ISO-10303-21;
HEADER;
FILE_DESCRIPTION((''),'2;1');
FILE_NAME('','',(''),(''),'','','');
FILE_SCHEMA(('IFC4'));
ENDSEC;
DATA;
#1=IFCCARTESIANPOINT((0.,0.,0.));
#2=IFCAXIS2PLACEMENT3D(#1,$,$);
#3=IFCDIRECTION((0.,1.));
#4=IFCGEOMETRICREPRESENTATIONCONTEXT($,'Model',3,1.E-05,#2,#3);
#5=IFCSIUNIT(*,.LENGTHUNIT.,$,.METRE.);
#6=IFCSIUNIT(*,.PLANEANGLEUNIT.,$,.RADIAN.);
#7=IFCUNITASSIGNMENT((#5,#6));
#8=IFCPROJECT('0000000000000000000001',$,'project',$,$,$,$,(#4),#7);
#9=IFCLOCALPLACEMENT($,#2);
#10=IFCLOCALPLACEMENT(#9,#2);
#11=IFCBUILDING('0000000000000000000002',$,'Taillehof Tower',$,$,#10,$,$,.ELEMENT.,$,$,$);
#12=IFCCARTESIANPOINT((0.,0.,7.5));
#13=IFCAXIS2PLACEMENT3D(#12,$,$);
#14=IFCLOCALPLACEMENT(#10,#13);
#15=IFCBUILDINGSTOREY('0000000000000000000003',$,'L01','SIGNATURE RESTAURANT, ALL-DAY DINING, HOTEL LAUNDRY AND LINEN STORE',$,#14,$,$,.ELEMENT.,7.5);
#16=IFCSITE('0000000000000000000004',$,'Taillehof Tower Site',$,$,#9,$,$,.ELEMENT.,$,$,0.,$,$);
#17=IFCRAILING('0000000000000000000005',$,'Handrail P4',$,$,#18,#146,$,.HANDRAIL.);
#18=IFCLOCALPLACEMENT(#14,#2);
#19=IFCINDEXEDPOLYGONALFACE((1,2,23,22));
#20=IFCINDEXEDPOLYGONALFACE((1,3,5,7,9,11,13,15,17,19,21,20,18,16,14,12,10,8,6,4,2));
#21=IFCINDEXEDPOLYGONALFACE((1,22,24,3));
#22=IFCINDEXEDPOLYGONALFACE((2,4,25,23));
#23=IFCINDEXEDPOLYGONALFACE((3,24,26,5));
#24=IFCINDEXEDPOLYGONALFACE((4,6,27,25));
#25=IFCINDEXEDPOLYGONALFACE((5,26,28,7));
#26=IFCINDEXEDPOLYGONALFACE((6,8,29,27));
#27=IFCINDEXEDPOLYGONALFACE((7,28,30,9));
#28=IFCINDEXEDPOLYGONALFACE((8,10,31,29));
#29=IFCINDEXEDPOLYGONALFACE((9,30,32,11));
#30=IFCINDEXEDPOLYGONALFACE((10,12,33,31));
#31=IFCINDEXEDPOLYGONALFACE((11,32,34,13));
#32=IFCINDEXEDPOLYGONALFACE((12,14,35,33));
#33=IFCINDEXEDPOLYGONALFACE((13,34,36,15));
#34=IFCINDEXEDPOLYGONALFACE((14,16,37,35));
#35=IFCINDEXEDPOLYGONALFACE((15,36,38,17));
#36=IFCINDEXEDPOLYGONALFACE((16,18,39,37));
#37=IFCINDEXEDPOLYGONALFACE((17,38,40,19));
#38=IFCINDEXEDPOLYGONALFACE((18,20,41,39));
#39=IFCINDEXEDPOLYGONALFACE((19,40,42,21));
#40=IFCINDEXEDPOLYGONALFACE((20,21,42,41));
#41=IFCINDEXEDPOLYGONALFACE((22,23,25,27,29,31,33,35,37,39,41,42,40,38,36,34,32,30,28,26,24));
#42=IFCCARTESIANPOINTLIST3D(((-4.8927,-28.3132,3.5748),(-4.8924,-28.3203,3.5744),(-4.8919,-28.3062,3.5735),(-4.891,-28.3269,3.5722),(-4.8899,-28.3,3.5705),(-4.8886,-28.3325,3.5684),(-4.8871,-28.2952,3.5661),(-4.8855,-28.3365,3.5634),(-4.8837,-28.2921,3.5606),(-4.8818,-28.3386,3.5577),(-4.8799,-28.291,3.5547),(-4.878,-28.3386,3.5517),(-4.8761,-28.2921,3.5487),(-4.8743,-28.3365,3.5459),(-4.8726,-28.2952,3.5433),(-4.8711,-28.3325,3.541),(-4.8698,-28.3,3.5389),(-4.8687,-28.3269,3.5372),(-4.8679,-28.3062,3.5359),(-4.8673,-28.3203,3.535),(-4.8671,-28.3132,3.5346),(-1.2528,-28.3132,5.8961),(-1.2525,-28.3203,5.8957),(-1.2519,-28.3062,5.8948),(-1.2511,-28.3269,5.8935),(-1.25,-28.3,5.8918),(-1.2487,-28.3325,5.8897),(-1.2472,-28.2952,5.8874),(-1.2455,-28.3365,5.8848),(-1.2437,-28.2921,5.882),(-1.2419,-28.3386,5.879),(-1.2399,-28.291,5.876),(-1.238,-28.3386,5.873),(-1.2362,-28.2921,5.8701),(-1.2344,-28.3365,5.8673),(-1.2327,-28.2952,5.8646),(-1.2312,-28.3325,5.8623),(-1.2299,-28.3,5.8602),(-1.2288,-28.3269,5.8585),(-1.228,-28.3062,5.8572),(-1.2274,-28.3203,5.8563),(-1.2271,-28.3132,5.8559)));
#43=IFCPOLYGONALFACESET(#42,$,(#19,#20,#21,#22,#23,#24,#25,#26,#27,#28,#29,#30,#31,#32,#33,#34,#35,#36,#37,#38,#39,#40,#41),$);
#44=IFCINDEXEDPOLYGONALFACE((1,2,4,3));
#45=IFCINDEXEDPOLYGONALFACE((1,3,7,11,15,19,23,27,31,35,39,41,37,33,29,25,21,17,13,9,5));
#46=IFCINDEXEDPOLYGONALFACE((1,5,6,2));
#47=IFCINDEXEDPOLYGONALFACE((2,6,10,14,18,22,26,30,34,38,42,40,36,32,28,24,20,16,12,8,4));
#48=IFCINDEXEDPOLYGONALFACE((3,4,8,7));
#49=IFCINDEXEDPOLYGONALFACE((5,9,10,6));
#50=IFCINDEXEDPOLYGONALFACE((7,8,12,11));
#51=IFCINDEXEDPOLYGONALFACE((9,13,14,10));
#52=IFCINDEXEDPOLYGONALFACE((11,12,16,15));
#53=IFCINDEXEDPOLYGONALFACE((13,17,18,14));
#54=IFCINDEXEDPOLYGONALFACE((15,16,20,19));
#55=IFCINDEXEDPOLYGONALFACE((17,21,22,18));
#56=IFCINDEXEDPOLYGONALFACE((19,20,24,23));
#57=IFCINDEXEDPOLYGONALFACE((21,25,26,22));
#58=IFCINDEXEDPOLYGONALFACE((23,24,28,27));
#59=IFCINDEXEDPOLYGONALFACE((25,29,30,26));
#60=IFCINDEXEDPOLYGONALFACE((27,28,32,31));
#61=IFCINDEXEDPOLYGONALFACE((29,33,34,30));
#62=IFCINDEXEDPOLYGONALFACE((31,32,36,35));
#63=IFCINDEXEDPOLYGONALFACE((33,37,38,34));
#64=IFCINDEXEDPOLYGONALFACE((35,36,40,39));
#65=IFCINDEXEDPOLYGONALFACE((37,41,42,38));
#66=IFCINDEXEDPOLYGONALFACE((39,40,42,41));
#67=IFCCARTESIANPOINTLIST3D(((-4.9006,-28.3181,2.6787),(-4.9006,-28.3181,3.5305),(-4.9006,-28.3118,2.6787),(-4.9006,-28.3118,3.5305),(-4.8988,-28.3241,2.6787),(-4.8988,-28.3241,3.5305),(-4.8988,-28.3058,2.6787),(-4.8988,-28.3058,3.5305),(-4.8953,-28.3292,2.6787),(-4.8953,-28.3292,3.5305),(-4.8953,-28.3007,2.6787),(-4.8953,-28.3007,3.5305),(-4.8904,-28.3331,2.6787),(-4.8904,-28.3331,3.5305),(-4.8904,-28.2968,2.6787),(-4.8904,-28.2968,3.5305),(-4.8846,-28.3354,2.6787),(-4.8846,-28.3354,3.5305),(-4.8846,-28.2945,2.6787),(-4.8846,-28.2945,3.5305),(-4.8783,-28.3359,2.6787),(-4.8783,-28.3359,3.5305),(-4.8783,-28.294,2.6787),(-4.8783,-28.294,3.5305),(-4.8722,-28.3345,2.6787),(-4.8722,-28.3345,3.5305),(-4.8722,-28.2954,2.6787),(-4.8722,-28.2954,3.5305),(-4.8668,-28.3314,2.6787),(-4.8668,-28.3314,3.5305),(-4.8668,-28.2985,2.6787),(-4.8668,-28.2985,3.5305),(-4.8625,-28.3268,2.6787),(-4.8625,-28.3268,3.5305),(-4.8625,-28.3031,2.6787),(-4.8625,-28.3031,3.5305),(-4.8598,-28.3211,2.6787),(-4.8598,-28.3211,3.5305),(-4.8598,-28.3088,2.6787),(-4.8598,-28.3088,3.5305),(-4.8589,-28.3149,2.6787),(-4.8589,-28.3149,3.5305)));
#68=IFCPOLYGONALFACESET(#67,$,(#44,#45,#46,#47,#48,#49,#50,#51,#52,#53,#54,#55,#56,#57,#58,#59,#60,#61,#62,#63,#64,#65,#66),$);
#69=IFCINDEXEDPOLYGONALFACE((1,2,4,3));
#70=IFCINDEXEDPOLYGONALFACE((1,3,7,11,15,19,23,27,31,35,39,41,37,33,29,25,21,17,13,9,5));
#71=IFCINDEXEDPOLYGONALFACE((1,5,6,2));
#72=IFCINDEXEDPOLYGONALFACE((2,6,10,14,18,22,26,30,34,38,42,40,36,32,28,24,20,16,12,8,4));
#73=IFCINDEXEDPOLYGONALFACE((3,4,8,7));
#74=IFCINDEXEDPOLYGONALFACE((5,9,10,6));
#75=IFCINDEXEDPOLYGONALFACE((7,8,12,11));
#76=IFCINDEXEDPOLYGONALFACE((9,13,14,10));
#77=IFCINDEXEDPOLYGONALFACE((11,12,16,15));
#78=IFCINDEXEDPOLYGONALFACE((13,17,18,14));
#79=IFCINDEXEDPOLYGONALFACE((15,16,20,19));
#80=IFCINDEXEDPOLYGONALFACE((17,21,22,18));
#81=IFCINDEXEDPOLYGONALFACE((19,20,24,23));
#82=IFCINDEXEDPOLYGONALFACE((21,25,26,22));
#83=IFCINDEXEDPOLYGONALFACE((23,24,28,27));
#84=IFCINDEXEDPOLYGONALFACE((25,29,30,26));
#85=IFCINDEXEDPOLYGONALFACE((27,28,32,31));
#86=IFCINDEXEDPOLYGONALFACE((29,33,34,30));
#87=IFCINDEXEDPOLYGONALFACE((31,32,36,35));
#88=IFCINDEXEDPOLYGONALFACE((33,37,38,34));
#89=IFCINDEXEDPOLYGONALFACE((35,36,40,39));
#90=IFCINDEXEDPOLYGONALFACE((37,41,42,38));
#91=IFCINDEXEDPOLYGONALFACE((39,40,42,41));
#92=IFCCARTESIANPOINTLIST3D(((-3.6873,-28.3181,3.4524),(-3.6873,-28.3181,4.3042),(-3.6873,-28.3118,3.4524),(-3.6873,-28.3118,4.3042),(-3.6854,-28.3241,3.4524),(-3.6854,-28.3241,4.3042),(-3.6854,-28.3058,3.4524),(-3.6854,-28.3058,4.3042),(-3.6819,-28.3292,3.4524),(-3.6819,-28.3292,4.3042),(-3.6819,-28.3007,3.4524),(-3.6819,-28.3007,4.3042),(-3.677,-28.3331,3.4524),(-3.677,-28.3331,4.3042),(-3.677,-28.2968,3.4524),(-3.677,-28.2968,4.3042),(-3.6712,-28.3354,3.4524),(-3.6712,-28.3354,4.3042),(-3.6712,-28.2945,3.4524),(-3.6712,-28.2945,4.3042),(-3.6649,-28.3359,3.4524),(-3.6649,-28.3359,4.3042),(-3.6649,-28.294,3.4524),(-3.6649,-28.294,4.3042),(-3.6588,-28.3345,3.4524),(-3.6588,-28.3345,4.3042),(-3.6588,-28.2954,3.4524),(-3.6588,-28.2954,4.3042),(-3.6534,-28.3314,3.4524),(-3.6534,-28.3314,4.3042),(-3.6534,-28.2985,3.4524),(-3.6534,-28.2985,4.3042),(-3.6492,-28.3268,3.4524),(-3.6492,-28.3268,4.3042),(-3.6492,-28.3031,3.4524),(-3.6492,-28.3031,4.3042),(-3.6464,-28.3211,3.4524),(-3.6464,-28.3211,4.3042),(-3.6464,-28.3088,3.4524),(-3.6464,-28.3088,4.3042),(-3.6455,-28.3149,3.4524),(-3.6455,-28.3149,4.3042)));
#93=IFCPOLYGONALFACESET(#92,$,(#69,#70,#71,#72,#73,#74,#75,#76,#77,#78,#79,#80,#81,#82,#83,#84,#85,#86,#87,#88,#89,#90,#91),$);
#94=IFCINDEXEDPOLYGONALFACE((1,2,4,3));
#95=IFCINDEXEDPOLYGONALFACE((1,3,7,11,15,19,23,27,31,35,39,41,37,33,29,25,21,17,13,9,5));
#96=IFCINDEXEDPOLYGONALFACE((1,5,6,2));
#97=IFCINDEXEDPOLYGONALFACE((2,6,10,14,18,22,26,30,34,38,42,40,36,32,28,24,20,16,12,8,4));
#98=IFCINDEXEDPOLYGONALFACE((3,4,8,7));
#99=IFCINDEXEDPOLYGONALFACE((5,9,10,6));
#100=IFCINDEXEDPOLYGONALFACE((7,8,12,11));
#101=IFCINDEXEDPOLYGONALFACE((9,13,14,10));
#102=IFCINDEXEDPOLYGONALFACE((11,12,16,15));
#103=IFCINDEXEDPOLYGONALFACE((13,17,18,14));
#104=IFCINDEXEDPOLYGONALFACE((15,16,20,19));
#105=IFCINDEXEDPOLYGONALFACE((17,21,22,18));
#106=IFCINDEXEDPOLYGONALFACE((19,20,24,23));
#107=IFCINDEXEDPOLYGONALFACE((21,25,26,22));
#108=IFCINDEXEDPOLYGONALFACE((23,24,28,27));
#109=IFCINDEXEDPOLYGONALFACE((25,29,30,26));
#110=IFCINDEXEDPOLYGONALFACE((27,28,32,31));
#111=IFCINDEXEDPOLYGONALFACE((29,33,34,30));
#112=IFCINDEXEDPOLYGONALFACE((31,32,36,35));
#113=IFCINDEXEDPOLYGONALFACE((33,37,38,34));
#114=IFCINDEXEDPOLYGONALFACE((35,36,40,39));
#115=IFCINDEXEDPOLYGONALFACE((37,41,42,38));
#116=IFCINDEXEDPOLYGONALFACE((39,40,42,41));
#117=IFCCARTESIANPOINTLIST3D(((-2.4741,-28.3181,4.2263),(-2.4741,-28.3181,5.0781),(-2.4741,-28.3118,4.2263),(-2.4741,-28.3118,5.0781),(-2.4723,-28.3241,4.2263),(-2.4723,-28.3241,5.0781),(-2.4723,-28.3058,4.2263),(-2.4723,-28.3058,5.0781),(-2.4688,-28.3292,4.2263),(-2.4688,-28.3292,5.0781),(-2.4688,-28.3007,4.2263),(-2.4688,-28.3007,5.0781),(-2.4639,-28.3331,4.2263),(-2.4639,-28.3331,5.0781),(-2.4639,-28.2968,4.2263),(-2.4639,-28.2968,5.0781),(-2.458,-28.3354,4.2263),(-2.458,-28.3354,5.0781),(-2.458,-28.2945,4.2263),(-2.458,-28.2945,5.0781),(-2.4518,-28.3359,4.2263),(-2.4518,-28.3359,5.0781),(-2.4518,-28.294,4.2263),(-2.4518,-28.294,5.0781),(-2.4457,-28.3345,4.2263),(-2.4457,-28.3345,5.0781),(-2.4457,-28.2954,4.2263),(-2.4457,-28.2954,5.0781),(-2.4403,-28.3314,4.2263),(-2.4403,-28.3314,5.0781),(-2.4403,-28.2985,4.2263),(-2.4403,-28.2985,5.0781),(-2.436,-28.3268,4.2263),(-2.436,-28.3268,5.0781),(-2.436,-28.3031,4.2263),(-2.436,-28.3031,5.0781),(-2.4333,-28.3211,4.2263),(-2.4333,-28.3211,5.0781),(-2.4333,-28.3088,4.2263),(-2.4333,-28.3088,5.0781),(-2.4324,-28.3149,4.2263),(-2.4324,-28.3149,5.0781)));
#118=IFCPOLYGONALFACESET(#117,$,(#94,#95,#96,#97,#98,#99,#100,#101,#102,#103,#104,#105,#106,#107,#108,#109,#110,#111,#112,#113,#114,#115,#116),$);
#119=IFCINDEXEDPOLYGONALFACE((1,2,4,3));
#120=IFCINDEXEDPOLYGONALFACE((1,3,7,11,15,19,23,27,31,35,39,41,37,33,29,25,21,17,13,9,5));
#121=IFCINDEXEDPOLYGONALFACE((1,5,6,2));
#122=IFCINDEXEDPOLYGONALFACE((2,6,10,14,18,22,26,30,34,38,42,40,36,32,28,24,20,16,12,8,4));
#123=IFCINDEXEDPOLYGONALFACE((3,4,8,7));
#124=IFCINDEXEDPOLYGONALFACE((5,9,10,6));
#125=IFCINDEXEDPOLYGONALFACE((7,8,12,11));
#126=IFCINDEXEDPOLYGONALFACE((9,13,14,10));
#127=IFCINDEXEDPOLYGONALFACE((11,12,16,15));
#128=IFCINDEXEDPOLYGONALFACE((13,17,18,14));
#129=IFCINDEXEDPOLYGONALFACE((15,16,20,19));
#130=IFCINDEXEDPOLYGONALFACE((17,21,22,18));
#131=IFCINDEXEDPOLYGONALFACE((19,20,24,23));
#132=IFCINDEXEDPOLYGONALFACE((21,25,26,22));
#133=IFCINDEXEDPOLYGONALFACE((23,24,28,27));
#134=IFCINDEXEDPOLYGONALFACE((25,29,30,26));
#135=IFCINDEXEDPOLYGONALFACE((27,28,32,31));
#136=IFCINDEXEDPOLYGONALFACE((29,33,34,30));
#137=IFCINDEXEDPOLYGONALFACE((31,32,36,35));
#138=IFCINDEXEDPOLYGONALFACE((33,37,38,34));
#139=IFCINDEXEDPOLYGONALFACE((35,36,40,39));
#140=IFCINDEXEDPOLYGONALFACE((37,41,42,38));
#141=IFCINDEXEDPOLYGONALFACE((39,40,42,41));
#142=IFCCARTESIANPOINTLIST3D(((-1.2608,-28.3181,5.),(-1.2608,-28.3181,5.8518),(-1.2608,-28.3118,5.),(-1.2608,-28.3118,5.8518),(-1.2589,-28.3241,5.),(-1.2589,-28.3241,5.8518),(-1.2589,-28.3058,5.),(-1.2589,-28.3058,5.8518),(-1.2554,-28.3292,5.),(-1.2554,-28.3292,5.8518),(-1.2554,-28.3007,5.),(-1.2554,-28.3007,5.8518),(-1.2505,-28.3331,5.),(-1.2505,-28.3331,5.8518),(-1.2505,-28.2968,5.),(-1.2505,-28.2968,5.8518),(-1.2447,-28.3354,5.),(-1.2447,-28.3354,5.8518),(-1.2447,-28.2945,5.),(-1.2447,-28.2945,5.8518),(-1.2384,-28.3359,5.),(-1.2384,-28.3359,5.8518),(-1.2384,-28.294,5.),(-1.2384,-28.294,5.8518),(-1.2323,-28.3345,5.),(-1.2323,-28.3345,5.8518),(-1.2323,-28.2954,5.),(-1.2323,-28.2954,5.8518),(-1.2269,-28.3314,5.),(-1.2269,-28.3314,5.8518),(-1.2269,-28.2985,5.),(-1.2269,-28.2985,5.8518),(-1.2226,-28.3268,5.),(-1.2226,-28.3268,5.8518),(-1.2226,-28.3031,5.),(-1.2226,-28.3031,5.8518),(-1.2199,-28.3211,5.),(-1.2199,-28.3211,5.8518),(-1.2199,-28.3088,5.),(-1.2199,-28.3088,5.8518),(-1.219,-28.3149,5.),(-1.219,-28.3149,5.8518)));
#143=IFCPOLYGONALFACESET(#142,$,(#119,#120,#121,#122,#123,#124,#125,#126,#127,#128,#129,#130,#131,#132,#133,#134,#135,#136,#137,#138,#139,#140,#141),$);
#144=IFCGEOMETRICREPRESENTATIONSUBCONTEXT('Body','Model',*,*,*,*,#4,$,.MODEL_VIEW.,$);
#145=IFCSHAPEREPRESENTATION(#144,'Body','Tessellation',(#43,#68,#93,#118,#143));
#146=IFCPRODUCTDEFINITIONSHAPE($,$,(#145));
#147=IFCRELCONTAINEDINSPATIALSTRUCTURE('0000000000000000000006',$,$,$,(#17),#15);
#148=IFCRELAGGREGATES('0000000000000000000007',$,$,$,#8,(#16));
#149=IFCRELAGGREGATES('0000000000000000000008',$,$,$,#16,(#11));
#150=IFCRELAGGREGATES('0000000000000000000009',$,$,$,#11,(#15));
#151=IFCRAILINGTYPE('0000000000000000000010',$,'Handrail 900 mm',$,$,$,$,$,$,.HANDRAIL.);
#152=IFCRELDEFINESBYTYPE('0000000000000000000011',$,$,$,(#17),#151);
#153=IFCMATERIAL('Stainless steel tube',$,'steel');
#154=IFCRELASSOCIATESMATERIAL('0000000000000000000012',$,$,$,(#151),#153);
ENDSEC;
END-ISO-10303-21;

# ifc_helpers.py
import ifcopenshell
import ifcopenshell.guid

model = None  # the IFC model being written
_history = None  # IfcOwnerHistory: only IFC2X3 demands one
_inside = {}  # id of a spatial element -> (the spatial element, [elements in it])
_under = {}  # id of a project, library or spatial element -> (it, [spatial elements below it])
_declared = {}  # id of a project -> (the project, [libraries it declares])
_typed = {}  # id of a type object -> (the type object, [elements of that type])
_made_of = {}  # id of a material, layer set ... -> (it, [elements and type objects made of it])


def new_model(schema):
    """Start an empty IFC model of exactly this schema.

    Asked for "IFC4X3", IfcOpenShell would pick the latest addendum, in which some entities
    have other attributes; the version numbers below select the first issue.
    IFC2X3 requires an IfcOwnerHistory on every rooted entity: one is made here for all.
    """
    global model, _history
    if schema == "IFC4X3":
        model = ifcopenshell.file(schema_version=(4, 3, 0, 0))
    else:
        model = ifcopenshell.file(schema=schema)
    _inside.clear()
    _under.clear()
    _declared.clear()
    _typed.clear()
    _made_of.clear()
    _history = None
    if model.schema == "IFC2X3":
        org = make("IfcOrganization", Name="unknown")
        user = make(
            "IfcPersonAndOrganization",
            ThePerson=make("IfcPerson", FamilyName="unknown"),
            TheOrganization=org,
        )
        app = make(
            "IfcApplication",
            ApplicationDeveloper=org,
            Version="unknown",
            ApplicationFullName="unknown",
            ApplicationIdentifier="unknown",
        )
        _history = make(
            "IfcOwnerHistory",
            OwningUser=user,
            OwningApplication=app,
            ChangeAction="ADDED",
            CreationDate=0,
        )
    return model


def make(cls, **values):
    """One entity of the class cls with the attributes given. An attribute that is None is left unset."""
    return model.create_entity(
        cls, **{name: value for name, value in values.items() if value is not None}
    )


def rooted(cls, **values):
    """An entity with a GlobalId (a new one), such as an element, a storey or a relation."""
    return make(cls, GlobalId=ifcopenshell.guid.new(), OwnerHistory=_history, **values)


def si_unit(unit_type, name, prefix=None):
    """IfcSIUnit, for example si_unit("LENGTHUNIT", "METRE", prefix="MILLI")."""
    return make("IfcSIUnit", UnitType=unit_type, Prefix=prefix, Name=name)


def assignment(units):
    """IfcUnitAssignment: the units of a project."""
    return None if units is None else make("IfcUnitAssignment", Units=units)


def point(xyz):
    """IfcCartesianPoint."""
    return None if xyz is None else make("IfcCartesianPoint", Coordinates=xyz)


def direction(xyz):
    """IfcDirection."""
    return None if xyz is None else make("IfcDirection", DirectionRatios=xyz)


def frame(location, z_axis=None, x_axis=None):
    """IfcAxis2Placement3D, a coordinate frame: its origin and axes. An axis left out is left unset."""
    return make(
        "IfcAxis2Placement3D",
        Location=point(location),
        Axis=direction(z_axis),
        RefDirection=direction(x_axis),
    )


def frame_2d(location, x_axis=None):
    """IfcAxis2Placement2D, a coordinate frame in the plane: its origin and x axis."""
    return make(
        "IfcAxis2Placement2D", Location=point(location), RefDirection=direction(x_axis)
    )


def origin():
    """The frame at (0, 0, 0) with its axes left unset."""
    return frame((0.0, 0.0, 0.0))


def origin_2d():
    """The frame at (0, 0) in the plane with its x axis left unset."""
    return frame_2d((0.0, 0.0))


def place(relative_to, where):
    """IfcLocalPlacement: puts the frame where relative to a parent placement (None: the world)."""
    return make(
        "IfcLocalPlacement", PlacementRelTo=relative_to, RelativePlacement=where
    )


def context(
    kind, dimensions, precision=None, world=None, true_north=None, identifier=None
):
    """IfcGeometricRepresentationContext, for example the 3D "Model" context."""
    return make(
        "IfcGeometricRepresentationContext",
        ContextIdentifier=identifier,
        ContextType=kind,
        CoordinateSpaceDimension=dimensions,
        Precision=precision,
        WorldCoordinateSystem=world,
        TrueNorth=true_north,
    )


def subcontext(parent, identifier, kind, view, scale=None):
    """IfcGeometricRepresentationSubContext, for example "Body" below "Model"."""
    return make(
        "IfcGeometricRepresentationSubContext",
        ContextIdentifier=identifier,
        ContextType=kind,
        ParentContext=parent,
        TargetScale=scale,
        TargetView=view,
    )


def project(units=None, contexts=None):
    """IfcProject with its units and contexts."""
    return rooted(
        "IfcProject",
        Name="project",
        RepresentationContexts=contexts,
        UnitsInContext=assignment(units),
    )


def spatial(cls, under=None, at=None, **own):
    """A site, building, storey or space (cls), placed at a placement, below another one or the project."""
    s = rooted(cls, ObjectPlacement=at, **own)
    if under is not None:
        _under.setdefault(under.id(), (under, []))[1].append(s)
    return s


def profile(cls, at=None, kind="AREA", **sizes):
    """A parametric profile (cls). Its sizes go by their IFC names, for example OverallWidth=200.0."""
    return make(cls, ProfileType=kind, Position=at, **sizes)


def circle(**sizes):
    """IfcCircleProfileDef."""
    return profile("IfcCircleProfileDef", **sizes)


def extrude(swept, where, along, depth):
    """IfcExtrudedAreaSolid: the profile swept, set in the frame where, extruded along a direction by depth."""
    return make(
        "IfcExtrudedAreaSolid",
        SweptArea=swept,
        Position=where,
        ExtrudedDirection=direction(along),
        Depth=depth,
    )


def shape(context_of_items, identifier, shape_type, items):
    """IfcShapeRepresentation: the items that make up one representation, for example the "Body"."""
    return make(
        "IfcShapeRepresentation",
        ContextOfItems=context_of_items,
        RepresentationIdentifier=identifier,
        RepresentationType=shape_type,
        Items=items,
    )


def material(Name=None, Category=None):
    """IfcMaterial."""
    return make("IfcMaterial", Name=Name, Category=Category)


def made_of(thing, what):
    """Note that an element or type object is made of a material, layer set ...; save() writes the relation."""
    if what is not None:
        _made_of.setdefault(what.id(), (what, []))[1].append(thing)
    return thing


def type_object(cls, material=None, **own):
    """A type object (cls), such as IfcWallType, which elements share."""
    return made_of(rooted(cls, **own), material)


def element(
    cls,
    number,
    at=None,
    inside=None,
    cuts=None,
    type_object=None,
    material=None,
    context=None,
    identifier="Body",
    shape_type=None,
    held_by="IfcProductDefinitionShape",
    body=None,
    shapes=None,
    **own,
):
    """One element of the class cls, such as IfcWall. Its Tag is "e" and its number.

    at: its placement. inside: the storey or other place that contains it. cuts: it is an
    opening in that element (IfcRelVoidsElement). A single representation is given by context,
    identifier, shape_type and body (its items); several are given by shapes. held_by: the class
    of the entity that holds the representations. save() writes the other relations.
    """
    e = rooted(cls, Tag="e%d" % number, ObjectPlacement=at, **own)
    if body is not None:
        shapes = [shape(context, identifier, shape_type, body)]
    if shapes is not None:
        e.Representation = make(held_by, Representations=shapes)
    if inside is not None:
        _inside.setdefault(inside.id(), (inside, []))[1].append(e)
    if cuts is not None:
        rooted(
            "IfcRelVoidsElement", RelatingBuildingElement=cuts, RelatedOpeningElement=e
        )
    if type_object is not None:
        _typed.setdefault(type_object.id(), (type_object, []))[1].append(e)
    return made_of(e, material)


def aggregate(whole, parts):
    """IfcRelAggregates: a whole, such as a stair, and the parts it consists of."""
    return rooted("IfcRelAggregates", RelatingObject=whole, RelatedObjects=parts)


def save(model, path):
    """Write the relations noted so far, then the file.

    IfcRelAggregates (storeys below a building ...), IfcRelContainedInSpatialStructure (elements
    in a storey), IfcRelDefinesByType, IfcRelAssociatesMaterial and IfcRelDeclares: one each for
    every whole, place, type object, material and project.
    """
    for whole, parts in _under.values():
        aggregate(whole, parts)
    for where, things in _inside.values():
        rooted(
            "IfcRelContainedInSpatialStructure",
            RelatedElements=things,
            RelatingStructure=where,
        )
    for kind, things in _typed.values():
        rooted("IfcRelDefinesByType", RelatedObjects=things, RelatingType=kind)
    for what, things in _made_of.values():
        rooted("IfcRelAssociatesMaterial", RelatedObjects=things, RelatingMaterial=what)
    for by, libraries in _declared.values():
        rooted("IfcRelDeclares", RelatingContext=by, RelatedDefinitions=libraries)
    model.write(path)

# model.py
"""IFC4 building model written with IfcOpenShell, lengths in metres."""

from ifc_helpers import new_model, si_unit, direction, frame, origin, origin_2d, place, context, subcontext, project, spatial, circle, extrude, material, type_object, element, save


model = new_model("IFC4")

# Units and contexts
model_context = context("Model", 3, precision=1e-05, world=origin(), true_north=direction((0.0, 1.0)))
body_context = subcontext(model_context, "Body", "Model", "MODEL_VIEW")
ifc_project = project(units=[si_unit("LENGTHUNIT", "METRE"), si_unit("PLANEANGLEUNIT", "RADIAN")], contexts=[model_context])

# Site, building, storey
site_placement = place(None, origin())
site = spatial("IfcSite", under=ifc_project, at=site_placement, Name="Taillehof Tower Site", CompositionType="ELEMENT", RefElevation=0.0)
building_placement = place(site_placement, origin())
building = spatial("IfcBuilding", under=site, at=building_placement, Name="Taillehof Tower", CompositionType="ELEMENT")
storey_placement = place(building_placement, frame((0.0, 0.0, 7.5)))
storey = spatial("IfcBuildingStorey", under=building, at=storey_placement, Name="L01", Description="SIGNATURE RESTAURANT, ALL-DAY DINING, HOTEL LAUNDRY AND LINEN STORE", CompositionType="ELEMENT", Elevation=7.5)

# Railing
ifc_material_1 = material(Name="Stainless steel tube", Category="steel")
railing_type_1 = type_object("IfcRailingType", Name="Handrail 900 mm", PredefinedType="HANDRAIL", material=ifc_material_1)
for number, where, name in (
    (1, (-4.8799, -28.3149, 2.6787), "Handrail P4"),
):
    element("IfcRailing", number, at=place(storey_placement, frame(where)), inside=storey, type_object=railing_type_1, Name=name, PredefinedType="HANDRAIL", context=body_context, shape_type="SweptSolid", body=[
        extrude(circle(Radius=0.0239, at=origin_2d()), frame((0.0, 0.0, 0.876), z_axis=(0.843137, 0.0, 0.537699), x_axis=(0.0, 1.0, 0.0)), (0.0, 0.0, 1.0), 4.3171),
        extrude(circle(Radius=0.021, at=origin_2d()), origin(), (0.0, 0.0, 1.0), 0.8518),
        extrude(circle(Radius=0.021, at=origin_2d()), frame((1.2134, 0.0, 0.7737)), (0.0, 0.0, 1.0), 0.8518),
        extrude(circle(Radius=0.021, at=origin_2d()), frame((2.4265, 0.0, 1.5476)), (0.0, 0.0, 1.0), 0.8518),
        extrude(circle(Radius=0.021, at=origin_2d()), frame((3.6399, 0.0, 2.3213)), (0.0, 0.0, 1.0), 0.8518),
    ])

save(model, "model.ifc")
